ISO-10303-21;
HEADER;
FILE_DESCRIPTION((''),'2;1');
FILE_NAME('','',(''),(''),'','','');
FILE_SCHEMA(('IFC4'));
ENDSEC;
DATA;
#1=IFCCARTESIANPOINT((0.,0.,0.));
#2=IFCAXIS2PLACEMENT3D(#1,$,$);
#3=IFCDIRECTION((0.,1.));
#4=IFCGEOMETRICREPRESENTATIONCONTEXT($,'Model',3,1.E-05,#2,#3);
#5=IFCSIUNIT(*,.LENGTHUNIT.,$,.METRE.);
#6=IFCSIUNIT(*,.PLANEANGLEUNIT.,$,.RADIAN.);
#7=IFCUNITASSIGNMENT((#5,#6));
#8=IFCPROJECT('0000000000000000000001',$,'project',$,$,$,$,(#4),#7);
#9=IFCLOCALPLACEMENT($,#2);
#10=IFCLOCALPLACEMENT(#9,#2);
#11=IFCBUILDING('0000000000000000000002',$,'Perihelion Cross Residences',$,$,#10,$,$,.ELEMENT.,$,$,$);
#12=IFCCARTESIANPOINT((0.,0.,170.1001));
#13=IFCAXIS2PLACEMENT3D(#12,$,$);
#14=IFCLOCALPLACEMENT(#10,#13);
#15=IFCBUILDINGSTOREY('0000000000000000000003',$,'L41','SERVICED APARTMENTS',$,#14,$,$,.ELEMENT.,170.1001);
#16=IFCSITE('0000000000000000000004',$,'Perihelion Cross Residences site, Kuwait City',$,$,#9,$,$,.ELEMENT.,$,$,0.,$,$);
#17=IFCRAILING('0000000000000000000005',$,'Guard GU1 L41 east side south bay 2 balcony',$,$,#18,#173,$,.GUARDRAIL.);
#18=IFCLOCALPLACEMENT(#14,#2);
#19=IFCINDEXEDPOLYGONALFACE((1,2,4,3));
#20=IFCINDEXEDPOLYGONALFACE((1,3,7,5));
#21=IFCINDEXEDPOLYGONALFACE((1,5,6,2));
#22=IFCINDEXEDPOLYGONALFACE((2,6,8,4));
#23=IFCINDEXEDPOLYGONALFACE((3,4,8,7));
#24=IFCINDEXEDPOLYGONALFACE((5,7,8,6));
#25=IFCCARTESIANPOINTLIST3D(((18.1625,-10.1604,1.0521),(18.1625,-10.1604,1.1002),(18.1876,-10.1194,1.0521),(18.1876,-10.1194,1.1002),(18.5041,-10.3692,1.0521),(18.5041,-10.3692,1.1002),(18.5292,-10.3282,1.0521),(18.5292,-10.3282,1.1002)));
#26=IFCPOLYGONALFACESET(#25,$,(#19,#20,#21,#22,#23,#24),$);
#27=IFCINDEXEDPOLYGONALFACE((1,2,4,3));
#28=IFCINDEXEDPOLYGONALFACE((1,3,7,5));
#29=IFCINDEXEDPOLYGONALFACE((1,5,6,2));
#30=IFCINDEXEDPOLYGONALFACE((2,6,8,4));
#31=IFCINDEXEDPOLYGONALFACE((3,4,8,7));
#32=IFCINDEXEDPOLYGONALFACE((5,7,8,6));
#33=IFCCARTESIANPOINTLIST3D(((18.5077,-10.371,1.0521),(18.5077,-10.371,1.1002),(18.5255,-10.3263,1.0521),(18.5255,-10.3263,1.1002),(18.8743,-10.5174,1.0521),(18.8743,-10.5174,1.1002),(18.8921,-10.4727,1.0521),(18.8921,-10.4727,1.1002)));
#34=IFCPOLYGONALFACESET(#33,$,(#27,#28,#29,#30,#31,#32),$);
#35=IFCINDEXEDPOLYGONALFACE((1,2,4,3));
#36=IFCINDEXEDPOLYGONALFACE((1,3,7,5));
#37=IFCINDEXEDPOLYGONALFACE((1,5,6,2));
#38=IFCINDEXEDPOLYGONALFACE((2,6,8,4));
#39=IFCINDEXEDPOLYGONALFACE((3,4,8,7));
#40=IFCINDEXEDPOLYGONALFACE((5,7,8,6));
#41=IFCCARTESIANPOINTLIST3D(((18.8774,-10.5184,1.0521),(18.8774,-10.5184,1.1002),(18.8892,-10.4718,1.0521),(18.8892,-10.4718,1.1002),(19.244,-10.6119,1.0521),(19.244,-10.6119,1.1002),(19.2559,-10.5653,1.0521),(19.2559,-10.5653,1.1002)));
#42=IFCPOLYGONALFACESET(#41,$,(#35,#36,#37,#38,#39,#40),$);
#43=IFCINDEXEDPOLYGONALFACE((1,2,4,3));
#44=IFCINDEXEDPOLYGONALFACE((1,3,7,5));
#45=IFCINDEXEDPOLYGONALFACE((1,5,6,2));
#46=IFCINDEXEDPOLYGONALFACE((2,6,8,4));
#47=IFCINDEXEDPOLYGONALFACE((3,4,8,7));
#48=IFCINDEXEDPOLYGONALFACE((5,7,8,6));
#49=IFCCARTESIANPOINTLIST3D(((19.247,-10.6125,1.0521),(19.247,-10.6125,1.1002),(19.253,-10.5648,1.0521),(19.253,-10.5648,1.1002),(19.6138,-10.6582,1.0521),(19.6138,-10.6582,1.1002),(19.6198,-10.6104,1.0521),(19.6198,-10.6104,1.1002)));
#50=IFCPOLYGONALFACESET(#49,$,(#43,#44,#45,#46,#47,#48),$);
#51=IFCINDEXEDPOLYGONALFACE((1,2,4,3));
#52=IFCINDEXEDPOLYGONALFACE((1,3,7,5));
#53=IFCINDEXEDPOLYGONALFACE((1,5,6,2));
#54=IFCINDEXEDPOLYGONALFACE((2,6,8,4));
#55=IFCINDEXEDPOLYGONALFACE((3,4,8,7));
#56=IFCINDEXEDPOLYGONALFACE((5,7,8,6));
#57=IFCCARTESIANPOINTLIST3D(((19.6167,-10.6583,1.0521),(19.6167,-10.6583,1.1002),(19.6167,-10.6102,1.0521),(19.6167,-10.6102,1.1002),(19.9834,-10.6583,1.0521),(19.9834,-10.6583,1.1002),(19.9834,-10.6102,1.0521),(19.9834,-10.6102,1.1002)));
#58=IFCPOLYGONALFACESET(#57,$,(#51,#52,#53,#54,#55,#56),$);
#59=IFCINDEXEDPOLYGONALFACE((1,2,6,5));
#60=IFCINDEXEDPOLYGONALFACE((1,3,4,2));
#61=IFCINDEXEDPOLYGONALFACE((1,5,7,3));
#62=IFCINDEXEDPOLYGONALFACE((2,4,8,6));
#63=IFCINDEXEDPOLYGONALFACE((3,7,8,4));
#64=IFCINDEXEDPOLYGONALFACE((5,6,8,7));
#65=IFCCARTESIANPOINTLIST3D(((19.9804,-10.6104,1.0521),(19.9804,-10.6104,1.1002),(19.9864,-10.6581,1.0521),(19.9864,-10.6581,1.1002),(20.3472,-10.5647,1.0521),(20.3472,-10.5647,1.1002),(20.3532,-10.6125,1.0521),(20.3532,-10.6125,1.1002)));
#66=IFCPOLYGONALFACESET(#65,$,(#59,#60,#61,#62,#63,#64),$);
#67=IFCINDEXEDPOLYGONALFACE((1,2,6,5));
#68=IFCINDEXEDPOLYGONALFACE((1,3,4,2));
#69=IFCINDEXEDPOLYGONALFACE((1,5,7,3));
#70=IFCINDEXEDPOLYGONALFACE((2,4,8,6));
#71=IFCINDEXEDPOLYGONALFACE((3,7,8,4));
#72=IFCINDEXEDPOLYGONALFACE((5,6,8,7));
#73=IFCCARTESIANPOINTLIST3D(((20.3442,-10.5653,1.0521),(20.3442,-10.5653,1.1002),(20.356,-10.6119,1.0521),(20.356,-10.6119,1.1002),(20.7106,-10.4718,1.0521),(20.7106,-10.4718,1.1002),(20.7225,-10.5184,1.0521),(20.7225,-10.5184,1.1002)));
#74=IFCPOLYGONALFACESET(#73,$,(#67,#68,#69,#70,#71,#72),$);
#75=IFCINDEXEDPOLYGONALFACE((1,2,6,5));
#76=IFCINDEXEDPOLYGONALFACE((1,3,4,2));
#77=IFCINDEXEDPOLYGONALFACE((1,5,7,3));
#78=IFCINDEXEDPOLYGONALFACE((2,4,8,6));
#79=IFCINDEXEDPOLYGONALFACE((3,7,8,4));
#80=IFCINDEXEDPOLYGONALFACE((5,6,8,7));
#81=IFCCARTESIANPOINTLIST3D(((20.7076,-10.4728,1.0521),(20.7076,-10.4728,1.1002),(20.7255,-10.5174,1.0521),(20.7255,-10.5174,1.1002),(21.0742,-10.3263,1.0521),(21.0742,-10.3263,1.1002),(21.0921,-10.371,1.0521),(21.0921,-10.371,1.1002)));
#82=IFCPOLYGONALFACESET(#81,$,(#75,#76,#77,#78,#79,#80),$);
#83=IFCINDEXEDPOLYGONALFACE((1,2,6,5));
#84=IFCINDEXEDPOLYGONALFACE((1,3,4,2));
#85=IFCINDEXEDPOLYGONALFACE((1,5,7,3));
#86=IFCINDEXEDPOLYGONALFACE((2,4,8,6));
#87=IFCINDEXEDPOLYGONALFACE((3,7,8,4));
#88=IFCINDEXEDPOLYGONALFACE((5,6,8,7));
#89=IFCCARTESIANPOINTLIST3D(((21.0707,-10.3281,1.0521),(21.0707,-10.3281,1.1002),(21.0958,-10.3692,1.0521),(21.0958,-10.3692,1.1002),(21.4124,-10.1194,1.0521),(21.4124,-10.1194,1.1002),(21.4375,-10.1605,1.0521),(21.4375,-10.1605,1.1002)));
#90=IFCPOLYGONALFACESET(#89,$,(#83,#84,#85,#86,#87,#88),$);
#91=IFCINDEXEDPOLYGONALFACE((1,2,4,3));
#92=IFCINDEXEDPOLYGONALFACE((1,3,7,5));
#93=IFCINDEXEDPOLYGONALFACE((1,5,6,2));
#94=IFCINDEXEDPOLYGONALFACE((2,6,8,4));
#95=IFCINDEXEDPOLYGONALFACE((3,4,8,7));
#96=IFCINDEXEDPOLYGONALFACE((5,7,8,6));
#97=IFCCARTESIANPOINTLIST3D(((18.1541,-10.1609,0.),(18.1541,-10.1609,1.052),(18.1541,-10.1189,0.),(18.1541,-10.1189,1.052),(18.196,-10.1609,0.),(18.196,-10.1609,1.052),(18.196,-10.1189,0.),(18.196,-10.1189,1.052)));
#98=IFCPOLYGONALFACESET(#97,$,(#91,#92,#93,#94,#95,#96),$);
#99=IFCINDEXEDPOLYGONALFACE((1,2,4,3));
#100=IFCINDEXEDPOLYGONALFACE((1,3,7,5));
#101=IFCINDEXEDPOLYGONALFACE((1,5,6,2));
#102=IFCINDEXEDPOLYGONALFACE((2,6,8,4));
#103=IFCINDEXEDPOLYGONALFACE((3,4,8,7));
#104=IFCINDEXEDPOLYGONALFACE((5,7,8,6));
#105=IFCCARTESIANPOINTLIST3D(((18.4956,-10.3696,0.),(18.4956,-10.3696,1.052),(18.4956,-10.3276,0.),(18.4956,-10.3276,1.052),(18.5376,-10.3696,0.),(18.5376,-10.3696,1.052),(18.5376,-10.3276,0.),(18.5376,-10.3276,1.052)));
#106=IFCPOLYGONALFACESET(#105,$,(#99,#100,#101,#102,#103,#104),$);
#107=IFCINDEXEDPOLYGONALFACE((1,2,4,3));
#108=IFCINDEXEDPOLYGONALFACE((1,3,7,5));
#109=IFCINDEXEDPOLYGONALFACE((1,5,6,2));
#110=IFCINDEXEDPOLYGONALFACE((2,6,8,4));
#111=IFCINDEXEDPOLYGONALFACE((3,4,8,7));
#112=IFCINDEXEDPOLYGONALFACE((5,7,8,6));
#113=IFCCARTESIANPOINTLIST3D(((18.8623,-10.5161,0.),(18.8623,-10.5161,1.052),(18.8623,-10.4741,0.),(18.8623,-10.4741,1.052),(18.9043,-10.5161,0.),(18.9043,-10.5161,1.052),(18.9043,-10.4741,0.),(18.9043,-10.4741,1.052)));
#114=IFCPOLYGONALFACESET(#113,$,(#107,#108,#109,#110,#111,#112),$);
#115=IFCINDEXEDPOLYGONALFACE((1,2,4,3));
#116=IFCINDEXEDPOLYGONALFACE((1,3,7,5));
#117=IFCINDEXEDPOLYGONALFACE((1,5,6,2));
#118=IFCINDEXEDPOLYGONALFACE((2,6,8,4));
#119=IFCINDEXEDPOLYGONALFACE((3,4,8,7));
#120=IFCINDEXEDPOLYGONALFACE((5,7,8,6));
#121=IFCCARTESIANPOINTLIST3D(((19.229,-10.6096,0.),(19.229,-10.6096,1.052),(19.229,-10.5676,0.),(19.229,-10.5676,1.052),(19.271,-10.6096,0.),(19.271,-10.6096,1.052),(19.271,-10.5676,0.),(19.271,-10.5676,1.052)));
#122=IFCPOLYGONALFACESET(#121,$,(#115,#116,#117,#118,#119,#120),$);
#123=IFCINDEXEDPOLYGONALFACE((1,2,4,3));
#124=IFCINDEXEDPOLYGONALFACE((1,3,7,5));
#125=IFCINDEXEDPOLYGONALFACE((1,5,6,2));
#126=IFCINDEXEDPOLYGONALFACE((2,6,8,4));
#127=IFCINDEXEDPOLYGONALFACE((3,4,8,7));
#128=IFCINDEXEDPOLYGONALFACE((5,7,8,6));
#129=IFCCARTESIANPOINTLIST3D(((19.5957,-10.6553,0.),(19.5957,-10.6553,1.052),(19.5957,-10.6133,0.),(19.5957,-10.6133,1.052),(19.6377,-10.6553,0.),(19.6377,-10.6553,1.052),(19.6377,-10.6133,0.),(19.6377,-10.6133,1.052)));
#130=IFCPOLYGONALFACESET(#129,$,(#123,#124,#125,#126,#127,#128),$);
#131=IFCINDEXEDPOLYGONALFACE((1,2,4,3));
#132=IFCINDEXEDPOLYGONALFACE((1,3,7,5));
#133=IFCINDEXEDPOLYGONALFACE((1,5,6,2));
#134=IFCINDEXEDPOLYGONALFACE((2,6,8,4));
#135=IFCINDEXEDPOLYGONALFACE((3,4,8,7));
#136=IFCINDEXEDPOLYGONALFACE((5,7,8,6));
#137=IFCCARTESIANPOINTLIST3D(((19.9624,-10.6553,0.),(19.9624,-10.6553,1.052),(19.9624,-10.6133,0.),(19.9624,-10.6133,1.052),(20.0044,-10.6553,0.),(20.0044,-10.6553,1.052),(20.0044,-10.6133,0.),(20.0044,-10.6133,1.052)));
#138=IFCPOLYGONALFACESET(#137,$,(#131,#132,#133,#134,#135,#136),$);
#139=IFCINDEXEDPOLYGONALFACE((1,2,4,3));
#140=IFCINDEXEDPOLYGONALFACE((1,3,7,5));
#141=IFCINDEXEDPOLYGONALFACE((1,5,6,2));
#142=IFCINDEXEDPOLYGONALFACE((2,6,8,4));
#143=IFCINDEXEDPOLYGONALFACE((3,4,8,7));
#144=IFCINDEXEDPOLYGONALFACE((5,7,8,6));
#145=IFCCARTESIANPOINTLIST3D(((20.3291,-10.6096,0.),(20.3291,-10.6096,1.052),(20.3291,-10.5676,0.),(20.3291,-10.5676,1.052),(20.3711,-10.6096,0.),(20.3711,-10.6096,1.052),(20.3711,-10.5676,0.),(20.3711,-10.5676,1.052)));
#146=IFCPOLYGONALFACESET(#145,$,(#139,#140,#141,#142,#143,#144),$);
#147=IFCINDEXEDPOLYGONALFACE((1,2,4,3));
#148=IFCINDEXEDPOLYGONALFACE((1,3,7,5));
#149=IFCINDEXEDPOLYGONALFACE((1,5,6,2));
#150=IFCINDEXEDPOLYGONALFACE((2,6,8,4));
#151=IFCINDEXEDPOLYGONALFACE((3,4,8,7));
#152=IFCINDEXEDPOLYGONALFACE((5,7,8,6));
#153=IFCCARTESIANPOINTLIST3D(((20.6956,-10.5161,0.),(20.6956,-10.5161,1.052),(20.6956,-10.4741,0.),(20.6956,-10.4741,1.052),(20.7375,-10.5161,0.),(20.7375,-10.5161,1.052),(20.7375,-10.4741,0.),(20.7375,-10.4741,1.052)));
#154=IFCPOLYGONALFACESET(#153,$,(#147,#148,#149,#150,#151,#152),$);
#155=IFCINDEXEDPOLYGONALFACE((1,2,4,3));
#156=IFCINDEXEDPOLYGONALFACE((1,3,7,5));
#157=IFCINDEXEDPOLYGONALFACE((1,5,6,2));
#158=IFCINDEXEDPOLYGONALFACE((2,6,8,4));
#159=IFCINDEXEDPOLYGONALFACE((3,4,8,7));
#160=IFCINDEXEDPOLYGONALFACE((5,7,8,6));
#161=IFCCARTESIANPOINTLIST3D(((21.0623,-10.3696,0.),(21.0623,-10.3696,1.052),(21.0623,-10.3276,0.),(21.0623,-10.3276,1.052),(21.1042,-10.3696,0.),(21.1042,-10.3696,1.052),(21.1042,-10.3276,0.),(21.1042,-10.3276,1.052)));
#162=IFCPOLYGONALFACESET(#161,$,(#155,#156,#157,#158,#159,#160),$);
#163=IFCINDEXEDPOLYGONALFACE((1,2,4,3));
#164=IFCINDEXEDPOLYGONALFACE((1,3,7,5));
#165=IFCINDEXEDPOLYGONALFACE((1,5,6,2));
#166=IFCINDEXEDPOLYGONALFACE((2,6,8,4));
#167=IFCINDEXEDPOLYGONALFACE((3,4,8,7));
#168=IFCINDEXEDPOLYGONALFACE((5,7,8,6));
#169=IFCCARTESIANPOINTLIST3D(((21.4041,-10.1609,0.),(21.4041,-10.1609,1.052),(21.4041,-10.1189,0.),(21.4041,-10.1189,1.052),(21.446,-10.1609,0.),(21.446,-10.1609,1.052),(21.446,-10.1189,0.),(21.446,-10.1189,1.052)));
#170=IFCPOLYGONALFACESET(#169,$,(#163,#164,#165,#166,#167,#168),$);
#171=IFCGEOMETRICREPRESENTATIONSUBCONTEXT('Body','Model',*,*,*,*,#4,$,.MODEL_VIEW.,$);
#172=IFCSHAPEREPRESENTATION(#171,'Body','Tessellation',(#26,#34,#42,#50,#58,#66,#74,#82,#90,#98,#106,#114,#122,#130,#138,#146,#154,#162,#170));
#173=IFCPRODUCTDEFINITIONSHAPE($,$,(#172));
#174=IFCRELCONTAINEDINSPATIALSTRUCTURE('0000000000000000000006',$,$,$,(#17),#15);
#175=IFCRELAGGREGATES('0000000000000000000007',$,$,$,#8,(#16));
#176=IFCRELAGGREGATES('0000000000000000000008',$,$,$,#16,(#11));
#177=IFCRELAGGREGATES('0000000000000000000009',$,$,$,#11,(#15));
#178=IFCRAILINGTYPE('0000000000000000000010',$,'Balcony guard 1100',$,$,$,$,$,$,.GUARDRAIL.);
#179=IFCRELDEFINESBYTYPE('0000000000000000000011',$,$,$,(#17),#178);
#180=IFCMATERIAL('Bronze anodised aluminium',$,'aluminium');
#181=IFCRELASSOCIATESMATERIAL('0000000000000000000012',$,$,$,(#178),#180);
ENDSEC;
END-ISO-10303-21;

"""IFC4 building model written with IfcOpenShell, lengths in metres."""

from ifc_helpers import new_model, si_unit, direction, frame, origin, origin_2d, place, context, subcontext, project, spatial, rectangle, extrude, material, type_object, element, save


model = new_model("IFC4")

# Units and contexts
model_context = context("Model", 3, precision=1e-05, world=origin(), true_north=direction((0.0, 1.0)))
body_context = subcontext(model_context, "Body", "Model", "MODEL_VIEW")
ifc_project = project(units=[si_unit("LENGTHUNIT", "METRE"), si_unit("PLANEANGLEUNIT", "RADIAN")], contexts=[model_context])

# Site, building, storey
site_placement = place(None, origin())
site = spatial("IfcSite", under=ifc_project, at=site_placement, Name="Perihelion Cross Residences site, Kuwait City", CompositionType="ELEMENT", RefElevation=0.0)
building_placement = place(site_placement, origin())
building = spatial("IfcBuilding", under=site, at=building_placement, Name="Perihelion Cross Residences", CompositionType="ELEMENT")
storey_placement = place(building_placement, frame((0.0, 0.0, 170.1001)))
storey = spatial("IfcBuildingStorey", under=building, at=storey_placement, Name="L41", Description="SERVICED APARTMENTS", CompositionType="ELEMENT", Elevation=170.1001)

# Railing
ifc_material_1 = material(Name="Bronze anodised aluminium", Category="aluminium")
railing_type_1 = type_object("IfcRailingType", Name="Balcony guard 1100", PredefinedType="GUARDRAIL", material=ifc_material_1)
railing_1_placement = place(storey_placement, frame((18.175, -10.1399, 0.0)))
element("IfcRailing", 1, at=railing_1_placement, inside=storey, type_object=railing_type_1, Name="Guard GU1 L41 east side south bay 2 balcony", PredefinedType="GUARDRAIL", context=body_context, shape_type="SweptSolid", body=[
    extrude(rectangle(XDim=0.0481, YDim=0.0481, at=origin_2d()), frame((0.0, 0.0, 1.0762), z_axis=(0.853267, -0.521475, 0.0), x_axis=(0.521475, 0.853267, 0.0)), (0.0, 0.0, 1.0), 0.4004),
    extrude(rectangle(XDim=0.0481, YDim=0.0481, at=origin_2d()), frame((0.3416, -0.2087, 1.0762), z_axis=(0.928647, -0.370964, 0.0), x_axis=(0.370964, 0.928647, 0.0)), (0.0, 0.0, 1.0), 0.3948),
    extrude(rectangle(XDim=0.0481, YDim=0.0481, at=origin_2d()), frame((0.7083, -0.3552, 1.0762), z_axis=(0.968993, -0.247087, 0.0), x_axis=(0.247087, 0.968993, 0.0)), (0.0, 0.0, 1.0), 0.3784),
    extrude(rectangle(XDim=0.0481, YDim=0.0481, at=origin_2d()), frame((1.075, -0.4487, 1.0762), z_axis=(0.992339, -0.123547, 0.0), x_axis=(0.123547, 0.992339, 0.0)), (0.0, 0.0, 1.0), 0.3696),
    extrude(rectangle(XDim=0.0481, YDim=0.0481, at=origin_2d()), frame((1.4417, -0.4944, 1.0762), z_axis=(1.0, 0.0, 0.0), x_axis=(0.0, 1.0, 0.0)), (0.0, 0.0, 1.0), 0.3667),
    extrude(rectangle(XDim=0.0481, YDim=0.0481, at=origin_2d()), frame((1.8083, -0.4944, 1.0762), z_axis=(0.992339, 0.123547, 0.0), x_axis=(-0.123547, 0.992339, 0.0)), (0.0, 0.0, 1.0), 0.3696),
    extrude(rectangle(XDim=0.0481, YDim=0.0481, at=origin_2d()), frame((2.175, -0.4487, 1.0762), z_axis=(0.968954, 0.247241, 0.0), x_axis=(-0.247241, 0.968954, 0.0)), (0.0, 0.0, 1.0), 0.3782),
    extrude(rectangle(XDim=0.0481, YDim=0.0481, at=origin_2d()), frame((2.5415, -0.3552, 1.0762), z_axis=(0.928647, 0.370964, 0.0), x_axis=(-0.370964, 0.928647, 0.0)), (0.0, 0.0, 1.0), 0.3948),
    extrude(rectangle(XDim=0.0481, YDim=0.0481, at=origin_2d()), frame((2.9082, -0.2087, 1.0762), z_axis=(0.853432, 0.521203, 0.0), x_axis=(-0.521203, 0.853432, 0.0)), (0.0, 0.0, 1.0), 0.4004),
    extrude(rectangle(XDim=0.042, YDim=0.042, at=origin_2d()), origin(), (0.0, 0.0, 1.0), 1.052),
    extrude(rectangle(XDim=0.042, YDim=0.042, at=origin_2d()), frame((0.3416, -0.2087, 0.0)), (0.0, 0.0, 1.0), 1.052),
    extrude(rectangle(XDim=0.042, YDim=0.042, at=origin_2d()), frame((0.7083, -0.3552, 0.0)), (0.0, 0.0, 1.0), 1.052),
    extrude(rectangle(XDim=0.042, YDim=0.042, at=origin_2d()), frame((1.075, -0.4487, 0.0)), (0.0, 0.0, 1.0), 1.052),
    extrude(rectangle(XDim=0.042, YDim=0.042, at=origin_2d()), frame((1.4417, -0.4944, 0.0)), (0.0, 0.0, 1.0), 1.052),
    extrude(rectangle(XDim=0.042, YDim=0.042, at=origin_2d()), frame((1.8083, -0.4944, 0.0)), (0.0, 0.0, 1.0), 1.052),
    extrude(rectangle(XDim=0.042, YDim=0.042, at=origin_2d()), frame((2.175, -0.4487, 0.0)), (0.0, 0.0, 1.0), 1.052),
    extrude(rectangle(XDim=0.042, YDim=0.042, at=origin_2d()), frame((2.5415, -0.3552, 0.0)), (0.0, 0.0, 1.0), 1.052),
    extrude(rectangle(XDim=0.042, YDim=0.042, at=origin_2d()), frame((2.9082, -0.2087, 0.0)), (0.0, 0.0, 1.0), 1.052),
    extrude(rectangle(XDim=0.042, YDim=0.042, at=origin_2d()), frame((3.25, 0.0, 0.0)), (0.0, 0.0, 1.0), 1.052),
])

save(model, "model.ifc")
